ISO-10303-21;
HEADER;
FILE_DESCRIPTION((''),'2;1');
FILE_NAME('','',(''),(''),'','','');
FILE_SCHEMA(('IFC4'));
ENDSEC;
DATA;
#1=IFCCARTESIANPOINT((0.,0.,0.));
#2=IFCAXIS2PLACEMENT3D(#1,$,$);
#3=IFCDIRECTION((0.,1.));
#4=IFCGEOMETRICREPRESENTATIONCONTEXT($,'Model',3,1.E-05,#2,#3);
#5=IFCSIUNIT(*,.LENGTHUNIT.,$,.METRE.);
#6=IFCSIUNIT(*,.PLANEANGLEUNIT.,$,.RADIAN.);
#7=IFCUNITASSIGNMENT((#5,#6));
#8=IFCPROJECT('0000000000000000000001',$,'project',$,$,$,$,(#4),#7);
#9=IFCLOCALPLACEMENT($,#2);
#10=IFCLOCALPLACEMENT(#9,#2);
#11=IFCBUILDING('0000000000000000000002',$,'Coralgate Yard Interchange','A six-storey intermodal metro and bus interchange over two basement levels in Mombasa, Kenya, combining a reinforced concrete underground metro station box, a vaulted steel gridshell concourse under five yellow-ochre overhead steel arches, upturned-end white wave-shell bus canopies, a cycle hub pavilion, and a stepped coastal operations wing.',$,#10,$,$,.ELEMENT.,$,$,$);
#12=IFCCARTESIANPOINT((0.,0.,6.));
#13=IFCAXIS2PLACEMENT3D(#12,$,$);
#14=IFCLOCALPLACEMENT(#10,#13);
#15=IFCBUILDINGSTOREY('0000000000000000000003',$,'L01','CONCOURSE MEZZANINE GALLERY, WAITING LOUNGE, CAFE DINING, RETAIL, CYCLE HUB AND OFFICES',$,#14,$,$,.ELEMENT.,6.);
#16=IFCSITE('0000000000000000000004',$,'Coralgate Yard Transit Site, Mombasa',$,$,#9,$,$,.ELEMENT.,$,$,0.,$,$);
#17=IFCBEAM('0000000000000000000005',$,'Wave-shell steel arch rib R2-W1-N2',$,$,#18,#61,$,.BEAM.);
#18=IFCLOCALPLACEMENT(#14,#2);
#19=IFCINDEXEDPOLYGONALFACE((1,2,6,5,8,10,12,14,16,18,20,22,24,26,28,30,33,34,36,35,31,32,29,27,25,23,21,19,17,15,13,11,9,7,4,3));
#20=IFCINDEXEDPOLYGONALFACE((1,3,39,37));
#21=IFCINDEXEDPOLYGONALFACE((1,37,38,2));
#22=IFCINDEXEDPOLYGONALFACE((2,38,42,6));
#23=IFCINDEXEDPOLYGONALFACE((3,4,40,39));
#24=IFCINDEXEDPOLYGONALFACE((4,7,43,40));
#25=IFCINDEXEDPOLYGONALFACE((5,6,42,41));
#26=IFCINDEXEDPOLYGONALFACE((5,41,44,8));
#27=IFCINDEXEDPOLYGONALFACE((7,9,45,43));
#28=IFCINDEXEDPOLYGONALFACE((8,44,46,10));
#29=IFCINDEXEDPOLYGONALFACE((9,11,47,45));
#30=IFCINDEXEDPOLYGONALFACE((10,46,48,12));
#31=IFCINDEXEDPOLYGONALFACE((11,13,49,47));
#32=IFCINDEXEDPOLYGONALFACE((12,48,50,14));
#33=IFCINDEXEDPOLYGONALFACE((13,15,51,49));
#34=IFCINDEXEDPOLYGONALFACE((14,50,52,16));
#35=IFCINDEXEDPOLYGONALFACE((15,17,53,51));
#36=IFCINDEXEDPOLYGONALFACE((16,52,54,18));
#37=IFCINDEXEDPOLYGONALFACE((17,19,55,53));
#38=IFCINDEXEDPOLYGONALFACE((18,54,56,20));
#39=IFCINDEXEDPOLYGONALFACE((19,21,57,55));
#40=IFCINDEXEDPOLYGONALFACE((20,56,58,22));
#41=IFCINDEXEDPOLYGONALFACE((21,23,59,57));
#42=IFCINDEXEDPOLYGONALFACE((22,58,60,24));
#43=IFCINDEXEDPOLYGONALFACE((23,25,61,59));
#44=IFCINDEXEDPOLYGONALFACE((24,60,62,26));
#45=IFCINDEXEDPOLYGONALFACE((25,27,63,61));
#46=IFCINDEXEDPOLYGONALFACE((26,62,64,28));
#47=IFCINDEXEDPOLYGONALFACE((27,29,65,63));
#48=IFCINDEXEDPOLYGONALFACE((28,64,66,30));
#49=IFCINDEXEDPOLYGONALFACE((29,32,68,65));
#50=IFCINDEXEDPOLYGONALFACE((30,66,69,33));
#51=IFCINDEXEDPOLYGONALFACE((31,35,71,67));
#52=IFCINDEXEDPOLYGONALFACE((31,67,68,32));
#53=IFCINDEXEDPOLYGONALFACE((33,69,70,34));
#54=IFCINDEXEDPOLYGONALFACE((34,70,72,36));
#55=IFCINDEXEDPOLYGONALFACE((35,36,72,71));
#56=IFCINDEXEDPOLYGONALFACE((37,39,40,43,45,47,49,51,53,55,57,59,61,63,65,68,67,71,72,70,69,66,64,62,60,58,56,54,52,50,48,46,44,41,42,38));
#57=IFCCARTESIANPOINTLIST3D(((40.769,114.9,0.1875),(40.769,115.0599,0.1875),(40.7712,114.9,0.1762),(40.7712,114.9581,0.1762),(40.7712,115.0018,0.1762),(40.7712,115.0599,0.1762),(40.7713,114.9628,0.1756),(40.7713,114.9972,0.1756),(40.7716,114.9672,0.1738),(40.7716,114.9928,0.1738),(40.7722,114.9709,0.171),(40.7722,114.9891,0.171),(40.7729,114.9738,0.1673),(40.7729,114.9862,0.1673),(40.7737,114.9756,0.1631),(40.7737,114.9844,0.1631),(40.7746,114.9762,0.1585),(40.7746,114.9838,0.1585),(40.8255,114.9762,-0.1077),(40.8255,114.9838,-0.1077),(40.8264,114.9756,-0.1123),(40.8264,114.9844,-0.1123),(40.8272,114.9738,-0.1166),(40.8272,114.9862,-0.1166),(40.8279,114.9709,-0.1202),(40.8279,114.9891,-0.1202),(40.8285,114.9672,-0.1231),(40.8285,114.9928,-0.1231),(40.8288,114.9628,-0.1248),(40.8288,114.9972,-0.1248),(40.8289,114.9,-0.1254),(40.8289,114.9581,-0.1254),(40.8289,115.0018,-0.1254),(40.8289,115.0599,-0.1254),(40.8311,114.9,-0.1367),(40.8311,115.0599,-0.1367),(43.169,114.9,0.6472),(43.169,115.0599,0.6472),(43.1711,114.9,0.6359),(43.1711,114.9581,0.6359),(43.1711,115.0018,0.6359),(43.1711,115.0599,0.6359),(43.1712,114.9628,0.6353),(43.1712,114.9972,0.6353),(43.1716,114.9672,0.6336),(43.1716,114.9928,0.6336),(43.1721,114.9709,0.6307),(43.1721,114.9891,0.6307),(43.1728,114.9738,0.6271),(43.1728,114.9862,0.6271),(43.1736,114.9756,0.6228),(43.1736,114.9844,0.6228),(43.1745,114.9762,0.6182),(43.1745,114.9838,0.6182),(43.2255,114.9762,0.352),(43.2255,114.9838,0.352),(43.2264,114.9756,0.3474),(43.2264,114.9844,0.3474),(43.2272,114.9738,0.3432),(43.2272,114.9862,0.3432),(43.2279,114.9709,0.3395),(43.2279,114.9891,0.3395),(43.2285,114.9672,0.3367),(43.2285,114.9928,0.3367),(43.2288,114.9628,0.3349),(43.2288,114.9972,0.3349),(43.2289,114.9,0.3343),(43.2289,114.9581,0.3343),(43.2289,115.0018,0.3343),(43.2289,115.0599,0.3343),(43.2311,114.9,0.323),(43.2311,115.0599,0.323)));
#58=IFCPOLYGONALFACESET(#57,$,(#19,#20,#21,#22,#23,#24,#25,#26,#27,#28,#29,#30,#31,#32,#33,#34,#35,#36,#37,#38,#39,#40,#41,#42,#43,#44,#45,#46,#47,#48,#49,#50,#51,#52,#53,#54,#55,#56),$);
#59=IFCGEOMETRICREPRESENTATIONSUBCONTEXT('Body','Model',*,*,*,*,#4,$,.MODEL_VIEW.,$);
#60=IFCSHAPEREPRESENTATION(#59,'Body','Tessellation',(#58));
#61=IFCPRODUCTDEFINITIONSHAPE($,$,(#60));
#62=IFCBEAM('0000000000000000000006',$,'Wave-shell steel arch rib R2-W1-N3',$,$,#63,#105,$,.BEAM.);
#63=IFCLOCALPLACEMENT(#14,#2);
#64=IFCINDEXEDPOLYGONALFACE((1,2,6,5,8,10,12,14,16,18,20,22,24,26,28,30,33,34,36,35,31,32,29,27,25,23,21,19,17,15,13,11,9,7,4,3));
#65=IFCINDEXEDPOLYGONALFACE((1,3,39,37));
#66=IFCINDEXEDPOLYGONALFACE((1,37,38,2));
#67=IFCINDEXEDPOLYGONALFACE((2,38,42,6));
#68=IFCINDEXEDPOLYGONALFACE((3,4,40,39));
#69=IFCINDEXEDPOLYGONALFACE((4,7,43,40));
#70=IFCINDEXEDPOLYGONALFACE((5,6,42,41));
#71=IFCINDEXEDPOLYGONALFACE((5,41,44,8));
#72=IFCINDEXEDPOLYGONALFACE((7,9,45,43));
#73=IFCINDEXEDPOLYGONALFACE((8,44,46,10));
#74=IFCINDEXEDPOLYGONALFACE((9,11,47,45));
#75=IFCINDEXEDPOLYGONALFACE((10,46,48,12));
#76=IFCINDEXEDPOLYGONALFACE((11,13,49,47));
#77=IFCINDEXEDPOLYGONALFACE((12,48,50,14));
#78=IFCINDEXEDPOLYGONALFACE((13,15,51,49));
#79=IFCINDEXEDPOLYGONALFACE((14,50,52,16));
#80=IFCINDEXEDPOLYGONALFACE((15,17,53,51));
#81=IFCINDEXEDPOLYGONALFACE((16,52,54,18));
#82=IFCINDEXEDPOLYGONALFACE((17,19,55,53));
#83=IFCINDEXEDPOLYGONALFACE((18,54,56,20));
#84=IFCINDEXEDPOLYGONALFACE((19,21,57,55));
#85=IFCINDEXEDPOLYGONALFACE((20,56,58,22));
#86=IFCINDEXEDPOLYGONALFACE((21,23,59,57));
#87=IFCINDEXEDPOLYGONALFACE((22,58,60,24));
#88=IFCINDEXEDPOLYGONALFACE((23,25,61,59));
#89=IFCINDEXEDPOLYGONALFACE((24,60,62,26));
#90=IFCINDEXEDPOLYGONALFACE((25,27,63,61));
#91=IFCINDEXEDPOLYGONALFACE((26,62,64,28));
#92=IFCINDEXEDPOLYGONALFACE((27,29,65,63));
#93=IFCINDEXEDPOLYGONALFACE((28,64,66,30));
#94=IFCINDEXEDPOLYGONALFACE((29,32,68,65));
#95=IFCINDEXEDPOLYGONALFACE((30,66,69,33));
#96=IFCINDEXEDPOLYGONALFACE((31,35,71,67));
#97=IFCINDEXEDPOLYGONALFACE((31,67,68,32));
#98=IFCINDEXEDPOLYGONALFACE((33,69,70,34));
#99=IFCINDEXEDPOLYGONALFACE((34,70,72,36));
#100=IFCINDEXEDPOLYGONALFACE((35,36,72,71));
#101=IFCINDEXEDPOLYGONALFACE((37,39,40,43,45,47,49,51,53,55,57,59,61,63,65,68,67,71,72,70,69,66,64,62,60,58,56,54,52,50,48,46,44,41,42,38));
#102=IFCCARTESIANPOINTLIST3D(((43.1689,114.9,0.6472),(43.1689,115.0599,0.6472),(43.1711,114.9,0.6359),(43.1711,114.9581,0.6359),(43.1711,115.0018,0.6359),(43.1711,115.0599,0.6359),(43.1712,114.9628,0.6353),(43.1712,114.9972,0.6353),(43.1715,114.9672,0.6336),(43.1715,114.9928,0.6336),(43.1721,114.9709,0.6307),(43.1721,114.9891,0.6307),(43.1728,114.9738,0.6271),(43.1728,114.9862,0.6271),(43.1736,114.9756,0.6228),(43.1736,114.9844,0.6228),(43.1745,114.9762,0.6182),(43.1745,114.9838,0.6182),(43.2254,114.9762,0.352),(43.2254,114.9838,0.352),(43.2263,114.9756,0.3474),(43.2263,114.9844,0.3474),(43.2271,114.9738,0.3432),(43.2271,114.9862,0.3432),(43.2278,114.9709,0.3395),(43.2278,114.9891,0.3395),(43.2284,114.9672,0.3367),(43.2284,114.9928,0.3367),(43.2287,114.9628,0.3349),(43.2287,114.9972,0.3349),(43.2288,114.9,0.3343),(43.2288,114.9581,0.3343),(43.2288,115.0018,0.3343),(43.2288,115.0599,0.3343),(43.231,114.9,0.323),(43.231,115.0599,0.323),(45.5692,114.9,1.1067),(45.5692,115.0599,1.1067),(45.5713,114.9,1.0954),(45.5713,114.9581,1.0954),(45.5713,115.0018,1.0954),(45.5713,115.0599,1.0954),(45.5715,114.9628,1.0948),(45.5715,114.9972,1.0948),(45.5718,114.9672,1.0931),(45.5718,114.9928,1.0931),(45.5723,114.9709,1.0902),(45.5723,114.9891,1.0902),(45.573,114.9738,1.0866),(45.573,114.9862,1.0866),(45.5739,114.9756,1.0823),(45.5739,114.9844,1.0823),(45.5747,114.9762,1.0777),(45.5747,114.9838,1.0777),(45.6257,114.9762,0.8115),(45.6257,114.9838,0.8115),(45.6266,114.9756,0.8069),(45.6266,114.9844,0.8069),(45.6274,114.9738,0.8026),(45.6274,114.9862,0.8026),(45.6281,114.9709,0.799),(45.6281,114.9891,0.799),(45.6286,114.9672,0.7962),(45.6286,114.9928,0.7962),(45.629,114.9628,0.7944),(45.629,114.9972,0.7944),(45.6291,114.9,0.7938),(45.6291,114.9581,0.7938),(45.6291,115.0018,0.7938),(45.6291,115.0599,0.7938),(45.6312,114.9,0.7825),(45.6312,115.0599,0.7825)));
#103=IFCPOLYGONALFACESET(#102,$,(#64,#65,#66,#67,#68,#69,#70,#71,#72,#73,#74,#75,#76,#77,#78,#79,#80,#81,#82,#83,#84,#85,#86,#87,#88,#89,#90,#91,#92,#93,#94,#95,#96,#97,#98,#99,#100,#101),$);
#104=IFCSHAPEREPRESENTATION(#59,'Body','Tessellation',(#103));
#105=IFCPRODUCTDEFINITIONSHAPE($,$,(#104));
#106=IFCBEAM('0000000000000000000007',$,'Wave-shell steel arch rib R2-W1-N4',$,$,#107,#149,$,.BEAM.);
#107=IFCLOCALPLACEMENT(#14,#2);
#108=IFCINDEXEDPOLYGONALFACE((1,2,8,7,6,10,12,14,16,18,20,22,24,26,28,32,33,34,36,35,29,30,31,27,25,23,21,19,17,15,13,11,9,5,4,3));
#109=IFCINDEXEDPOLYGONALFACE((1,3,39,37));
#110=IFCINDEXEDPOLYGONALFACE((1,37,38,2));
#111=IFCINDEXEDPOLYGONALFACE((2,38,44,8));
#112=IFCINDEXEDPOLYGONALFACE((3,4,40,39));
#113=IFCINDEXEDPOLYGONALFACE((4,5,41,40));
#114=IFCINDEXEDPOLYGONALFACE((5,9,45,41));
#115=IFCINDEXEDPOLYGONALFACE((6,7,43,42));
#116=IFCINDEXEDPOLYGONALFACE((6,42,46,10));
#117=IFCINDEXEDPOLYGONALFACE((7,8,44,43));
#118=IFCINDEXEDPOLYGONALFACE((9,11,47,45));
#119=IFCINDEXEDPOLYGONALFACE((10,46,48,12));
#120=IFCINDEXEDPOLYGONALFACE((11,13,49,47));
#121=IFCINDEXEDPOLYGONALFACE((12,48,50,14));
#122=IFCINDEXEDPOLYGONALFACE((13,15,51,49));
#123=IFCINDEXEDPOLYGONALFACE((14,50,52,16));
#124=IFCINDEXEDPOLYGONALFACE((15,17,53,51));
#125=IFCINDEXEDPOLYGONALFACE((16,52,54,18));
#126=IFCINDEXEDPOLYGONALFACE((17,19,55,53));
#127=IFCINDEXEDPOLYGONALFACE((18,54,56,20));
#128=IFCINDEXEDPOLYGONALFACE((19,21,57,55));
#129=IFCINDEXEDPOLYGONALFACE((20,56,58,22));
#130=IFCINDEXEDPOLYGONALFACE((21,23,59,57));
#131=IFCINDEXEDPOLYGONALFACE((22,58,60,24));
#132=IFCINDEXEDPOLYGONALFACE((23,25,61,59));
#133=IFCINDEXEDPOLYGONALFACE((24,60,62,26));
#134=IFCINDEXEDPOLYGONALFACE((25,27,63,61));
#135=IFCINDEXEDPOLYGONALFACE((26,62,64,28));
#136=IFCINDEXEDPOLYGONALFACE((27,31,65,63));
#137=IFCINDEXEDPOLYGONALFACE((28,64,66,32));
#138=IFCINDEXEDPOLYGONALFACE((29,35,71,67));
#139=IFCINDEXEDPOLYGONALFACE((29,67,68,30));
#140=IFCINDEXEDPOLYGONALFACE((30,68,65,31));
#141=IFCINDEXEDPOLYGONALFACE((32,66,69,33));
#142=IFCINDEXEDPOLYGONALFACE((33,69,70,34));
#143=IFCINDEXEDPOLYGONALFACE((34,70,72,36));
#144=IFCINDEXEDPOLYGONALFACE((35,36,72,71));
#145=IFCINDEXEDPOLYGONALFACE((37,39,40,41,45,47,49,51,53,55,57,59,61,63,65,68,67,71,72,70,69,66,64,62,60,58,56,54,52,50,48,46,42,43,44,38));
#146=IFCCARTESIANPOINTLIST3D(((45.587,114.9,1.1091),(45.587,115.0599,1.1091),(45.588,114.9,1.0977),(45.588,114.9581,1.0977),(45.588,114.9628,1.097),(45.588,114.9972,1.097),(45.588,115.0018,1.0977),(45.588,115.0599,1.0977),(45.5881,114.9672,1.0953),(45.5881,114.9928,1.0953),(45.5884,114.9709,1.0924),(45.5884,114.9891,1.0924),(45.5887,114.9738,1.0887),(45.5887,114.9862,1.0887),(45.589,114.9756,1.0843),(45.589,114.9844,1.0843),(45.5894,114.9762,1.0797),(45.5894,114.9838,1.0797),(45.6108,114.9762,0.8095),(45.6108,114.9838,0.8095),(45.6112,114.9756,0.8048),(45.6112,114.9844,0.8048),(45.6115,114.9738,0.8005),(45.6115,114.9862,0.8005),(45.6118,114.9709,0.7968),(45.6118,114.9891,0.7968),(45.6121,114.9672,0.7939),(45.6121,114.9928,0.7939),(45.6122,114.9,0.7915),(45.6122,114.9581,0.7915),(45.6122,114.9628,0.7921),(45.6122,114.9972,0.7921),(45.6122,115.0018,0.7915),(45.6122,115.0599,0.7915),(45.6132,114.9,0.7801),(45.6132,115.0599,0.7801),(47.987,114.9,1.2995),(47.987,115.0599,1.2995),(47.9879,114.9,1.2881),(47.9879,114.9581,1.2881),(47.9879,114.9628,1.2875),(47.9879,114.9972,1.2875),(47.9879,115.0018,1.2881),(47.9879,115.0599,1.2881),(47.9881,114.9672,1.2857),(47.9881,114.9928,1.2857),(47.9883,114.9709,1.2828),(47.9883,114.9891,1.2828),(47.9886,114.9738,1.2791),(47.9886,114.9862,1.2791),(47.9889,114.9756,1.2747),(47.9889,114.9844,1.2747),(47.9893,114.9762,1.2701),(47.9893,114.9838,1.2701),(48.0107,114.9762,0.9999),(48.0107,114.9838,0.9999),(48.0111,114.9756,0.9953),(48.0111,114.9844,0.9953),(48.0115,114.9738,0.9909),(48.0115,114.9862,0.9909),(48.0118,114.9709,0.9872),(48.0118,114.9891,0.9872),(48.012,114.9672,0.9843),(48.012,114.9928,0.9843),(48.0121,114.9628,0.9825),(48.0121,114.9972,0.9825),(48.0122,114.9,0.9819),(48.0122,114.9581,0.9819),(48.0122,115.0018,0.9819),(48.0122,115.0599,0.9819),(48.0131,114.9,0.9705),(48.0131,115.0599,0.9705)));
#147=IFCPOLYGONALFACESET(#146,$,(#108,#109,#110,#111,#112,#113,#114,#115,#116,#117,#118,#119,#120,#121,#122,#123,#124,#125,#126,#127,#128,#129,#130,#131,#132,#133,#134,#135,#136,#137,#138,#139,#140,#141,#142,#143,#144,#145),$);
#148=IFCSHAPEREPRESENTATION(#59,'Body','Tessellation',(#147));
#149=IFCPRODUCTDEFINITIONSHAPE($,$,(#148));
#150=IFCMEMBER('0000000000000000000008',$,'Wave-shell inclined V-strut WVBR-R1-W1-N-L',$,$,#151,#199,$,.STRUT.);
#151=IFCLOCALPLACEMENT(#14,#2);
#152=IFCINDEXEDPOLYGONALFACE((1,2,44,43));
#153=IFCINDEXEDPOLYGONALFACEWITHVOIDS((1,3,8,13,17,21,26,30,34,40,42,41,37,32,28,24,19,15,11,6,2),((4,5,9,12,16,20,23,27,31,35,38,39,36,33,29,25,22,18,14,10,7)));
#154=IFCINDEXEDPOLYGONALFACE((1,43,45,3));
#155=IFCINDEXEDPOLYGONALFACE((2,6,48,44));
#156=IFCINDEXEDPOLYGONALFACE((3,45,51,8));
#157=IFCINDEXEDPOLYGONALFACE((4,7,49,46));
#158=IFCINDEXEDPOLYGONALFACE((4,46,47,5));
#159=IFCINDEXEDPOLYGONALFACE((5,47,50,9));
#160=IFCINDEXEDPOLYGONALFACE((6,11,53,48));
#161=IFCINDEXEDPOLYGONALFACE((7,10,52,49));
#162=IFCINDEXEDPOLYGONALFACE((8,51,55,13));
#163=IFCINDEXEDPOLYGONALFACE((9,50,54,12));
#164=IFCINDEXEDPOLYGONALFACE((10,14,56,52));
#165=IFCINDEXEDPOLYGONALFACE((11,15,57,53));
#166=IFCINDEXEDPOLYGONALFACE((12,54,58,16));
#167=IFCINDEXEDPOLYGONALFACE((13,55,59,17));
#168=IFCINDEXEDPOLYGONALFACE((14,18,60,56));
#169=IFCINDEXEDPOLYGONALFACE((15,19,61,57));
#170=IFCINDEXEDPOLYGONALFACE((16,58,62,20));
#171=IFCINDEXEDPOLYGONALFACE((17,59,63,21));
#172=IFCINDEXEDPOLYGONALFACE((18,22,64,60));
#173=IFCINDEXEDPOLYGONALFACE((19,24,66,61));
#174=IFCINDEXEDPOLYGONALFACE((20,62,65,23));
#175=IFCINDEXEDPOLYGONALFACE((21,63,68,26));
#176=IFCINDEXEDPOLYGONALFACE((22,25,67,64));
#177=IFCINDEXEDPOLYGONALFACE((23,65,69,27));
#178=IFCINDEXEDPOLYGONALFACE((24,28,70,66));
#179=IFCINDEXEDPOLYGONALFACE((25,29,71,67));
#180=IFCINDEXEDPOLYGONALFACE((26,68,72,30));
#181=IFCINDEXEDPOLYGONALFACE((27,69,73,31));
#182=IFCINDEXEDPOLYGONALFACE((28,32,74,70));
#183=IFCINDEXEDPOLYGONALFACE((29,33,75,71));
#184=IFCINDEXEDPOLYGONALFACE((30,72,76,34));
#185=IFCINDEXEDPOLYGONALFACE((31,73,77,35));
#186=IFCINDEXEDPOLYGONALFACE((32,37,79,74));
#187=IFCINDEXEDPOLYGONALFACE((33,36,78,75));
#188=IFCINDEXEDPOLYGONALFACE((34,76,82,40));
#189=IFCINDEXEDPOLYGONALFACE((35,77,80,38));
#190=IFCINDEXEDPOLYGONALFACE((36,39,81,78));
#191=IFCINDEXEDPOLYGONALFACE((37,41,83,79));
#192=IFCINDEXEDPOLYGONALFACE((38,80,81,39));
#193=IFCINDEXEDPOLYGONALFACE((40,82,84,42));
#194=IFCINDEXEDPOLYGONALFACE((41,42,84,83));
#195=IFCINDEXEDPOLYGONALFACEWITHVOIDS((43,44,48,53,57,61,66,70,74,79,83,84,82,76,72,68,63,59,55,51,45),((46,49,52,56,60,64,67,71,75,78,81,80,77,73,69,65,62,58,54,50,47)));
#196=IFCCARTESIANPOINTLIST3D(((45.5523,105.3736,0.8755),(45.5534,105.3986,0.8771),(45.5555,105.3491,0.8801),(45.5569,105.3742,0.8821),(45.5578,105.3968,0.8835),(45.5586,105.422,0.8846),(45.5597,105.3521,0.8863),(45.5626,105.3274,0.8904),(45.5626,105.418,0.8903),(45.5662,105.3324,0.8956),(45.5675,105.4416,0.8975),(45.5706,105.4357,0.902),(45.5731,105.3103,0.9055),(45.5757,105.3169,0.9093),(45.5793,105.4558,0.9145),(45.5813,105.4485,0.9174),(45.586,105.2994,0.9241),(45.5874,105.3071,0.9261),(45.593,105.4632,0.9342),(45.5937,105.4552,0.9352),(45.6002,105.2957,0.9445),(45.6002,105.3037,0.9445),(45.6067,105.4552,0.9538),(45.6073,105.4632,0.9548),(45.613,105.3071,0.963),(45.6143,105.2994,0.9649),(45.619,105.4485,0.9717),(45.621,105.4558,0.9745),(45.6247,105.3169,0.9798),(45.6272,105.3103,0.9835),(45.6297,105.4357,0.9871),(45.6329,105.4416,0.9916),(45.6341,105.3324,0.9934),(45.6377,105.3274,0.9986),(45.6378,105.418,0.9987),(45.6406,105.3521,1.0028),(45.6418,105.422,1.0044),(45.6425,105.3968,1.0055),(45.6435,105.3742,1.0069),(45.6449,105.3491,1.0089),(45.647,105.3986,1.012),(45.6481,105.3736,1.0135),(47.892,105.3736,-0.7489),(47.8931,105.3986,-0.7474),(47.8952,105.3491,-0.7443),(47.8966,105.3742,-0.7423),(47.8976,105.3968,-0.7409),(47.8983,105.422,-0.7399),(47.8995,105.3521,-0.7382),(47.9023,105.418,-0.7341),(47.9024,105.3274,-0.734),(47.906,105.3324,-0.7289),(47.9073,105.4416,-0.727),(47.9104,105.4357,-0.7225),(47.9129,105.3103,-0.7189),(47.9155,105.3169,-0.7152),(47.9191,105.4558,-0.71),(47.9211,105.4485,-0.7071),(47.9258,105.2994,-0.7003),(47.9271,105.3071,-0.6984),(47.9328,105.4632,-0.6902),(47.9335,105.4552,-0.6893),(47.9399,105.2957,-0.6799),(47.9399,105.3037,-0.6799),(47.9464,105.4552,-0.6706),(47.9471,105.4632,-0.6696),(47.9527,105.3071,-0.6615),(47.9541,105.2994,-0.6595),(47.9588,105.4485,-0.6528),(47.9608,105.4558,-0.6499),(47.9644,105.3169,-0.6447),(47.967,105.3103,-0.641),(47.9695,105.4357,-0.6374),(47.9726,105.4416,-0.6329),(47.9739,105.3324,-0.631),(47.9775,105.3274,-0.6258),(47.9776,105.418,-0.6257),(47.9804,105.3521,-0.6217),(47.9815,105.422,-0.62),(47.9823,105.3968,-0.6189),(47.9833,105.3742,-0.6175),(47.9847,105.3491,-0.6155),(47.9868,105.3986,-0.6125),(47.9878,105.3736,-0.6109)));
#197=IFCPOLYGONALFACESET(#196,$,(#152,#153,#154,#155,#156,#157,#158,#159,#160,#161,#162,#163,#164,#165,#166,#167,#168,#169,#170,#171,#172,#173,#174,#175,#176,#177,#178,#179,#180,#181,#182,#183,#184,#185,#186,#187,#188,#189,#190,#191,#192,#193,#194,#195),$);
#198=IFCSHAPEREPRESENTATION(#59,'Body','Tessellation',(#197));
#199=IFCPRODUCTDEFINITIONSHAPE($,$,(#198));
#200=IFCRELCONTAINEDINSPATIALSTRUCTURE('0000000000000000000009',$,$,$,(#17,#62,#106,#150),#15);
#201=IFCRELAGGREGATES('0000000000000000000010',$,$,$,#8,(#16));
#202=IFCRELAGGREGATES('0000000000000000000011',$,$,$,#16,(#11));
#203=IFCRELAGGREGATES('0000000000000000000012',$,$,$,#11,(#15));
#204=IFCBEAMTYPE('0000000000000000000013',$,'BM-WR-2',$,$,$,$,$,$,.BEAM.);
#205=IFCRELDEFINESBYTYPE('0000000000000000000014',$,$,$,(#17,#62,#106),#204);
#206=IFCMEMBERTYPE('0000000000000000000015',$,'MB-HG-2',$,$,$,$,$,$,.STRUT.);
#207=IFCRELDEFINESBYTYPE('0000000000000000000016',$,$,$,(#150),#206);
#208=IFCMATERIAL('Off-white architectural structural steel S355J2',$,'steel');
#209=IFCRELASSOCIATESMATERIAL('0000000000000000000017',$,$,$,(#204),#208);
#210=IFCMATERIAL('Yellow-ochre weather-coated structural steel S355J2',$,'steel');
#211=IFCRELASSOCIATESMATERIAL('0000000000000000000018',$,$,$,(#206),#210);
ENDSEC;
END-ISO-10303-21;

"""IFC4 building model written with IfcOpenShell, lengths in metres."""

from ifc_helpers import new_model, si_unit, direction, frame, origin, origin_2d, place, context, subcontext, project, spatial, hollow_circle, i_section, extrude, material, material_profile, profile_set, type_object, element, save


model = new_model("IFC4")

# Units and contexts
model_context = context("Model", 3, precision=1e-05, world=origin(), true_north=direction((0.0, 1.0)))
body_context = subcontext(model_context, "Body", "Model", "MODEL_VIEW")
ifc_project = project(units=[si_unit("LENGTHUNIT", "METRE"), si_unit("PLANEANGLEUNIT", "RADIAN")], contexts=[model_context])

# Site, building, storey
site_placement = place(None, origin())
site = spatial("IfcSite", under=ifc_project, at=site_placement, Name="Coralgate Yard Transit Site, Mombasa", CompositionType="ELEMENT", RefElevation=0.0)
building_placement = place(site_placement, origin())
building = spatial("IfcBuilding", under=site, at=building_placement, Name="Coralgate Yard Interchange", Description="A six-storey intermodal metro and bus interchange over two basement levels in Mombasa, Kenya, combining a reinforced concrete underground metro station box, a vaulted steel gridshell concourse under five yellow-ochre overhead steel arches, upturned-end white wave-shell bus canopies, a cycle hub pavilion, and a stepped coastal operations wing.", CompositionType="ELEMENT")
storey_placement = place(building_placement, frame((0.0, 0.0, 6.0)))
storey = spatial("IfcBuildingStorey", under=building, at=storey_placement, Name="L01", Description="CONCOURSE MEZZANINE GALLERY, WAITING LOUNGE, CAFE DINING, RETAIL, CYCLE HUB AND OFFICES", CompositionType="ELEMENT", Elevation=6.0)

# Beams
ifc_material_1 = material(Name="Off-white architectural structural steel S355J2", Category="steel")
ifc_material_profile_1 = material_profile(ifc_material_1, i_section(OverallWidth=0.1599, OverallDepth=0.3301, WebThickness=0.0076, FlangeThickness=0.0115, FilletRadius=0.0181, at=origin_2d()), Name="IPE 330")
ifc_profile_set_1 = profile_set([ifc_material_profile_1], Name="Off-white architectural structural steel S355J2")
beam_type_1 = type_object("IfcBeamType", Name="BM-WR-2", PredefinedType="BEAM", material=ifc_profile_set_1)
beam_1_placement = place(storey_placement, frame((40.8, 114.98, 0.0254), z_axis=(0.982143, 0.0, 0.188136), x_axis=(0.0, 1.0, 0.0)))
element("IfcBeam", 1, at=beam_1_placement, inside=storey, type_object=beam_type_1, Name="Wave-shell steel arch rib R2-W1-N2", PredefinedType="BEAM", context=body_context, shape_type="SweptSolid", body=[
    extrude(i_section(OverallWidth=0.1599, OverallDepth=0.3301, WebThickness=0.0076, FlangeThickness=0.0115, FilletRadius=0.0181, at=origin_2d()), origin(), (0.0, 0.0, 1.0), 2.4436),
])
beam_2_placement = place(storey_placement, frame((43.2, 114.98, 0.4851), z_axis=(0.982165, 0.0, 0.188021), x_axis=(0.0, 1.0, 0.0)))
element("IfcBeam", 2, at=beam_2_placement, inside=storey, type_object=beam_type_1, Name="Wave-shell steel arch rib R2-W1-N3", PredefinedType="BEAM", context=body_context, shape_type="SweptSolid", body=[
    extrude(i_section(OverallWidth=0.1599, OverallDepth=0.3301, WebThickness=0.0076, FlangeThickness=0.0115, FilletRadius=0.0181, at=origin_2d()), origin(), (0.0, 0.0, 1.0), 2.4438),
])
beam_3_placement = place(storey_placement, frame((45.6001, 114.98, 0.9446), z_axis=(0.996867, 0.0, 0.0791), x_axis=(0.0, 1.0, 0.0)))
element("IfcBeam", 3, at=beam_3_placement, inside=storey, type_object=beam_type_1, Name="Wave-shell steel arch rib R2-W1-N4", PredefinedType="BEAM", context=body_context, shape_type="SweptSolid", body=[
    extrude(i_section(OverallWidth=0.1599, OverallDepth=0.3301, WebThickness=0.0076, FlangeThickness=0.0115, FilletRadius=0.0181, at=origin_2d()), origin(), (0.0, 0.0, 1.0), 2.4075),
])

# Member
ifc_material_2 = material(Name="Yellow-ochre weather-coated structural steel S355J2", Category="steel")
ifc_material_profile_2 = material_profile(ifc_material_2, hollow_circle(Radius=0.0842, WallThickness=0.0081, at=origin_2d()), Name="CHS 168.3x8")
ifc_profile_set_2 = profile_set([ifc_material_profile_2], Name="Yellow-ochre weather-coated structural steel S355J2")
member_type_1 = type_object("IfcMemberType", Name="MB-HG-2", PredefinedType="STRUT", material=ifc_profile_set_2)
member_1_placement = place(storey_placement, frame((47.9399, 105.3799, -0.6799), z_axis=(-0.821432, 0.0, 0.570306), x_axis=(0.0, -1.0, 0.0)))
element("IfcMember", 4, at=member_1_placement, inside=storey, type_object=member_type_1, Name="Wave-shell inclined V-strut WVBR-R1-W1-N-L", PredefinedType="STRUT", context=body_context, shape_type="SweptSolid", body=[
    extrude(hollow_circle(Radius=0.0842, WallThickness=0.0081, at=origin_2d()), origin(), (0.0, 0.0, 1.0), 2.8484),
])

save(model, "model.ifc")
